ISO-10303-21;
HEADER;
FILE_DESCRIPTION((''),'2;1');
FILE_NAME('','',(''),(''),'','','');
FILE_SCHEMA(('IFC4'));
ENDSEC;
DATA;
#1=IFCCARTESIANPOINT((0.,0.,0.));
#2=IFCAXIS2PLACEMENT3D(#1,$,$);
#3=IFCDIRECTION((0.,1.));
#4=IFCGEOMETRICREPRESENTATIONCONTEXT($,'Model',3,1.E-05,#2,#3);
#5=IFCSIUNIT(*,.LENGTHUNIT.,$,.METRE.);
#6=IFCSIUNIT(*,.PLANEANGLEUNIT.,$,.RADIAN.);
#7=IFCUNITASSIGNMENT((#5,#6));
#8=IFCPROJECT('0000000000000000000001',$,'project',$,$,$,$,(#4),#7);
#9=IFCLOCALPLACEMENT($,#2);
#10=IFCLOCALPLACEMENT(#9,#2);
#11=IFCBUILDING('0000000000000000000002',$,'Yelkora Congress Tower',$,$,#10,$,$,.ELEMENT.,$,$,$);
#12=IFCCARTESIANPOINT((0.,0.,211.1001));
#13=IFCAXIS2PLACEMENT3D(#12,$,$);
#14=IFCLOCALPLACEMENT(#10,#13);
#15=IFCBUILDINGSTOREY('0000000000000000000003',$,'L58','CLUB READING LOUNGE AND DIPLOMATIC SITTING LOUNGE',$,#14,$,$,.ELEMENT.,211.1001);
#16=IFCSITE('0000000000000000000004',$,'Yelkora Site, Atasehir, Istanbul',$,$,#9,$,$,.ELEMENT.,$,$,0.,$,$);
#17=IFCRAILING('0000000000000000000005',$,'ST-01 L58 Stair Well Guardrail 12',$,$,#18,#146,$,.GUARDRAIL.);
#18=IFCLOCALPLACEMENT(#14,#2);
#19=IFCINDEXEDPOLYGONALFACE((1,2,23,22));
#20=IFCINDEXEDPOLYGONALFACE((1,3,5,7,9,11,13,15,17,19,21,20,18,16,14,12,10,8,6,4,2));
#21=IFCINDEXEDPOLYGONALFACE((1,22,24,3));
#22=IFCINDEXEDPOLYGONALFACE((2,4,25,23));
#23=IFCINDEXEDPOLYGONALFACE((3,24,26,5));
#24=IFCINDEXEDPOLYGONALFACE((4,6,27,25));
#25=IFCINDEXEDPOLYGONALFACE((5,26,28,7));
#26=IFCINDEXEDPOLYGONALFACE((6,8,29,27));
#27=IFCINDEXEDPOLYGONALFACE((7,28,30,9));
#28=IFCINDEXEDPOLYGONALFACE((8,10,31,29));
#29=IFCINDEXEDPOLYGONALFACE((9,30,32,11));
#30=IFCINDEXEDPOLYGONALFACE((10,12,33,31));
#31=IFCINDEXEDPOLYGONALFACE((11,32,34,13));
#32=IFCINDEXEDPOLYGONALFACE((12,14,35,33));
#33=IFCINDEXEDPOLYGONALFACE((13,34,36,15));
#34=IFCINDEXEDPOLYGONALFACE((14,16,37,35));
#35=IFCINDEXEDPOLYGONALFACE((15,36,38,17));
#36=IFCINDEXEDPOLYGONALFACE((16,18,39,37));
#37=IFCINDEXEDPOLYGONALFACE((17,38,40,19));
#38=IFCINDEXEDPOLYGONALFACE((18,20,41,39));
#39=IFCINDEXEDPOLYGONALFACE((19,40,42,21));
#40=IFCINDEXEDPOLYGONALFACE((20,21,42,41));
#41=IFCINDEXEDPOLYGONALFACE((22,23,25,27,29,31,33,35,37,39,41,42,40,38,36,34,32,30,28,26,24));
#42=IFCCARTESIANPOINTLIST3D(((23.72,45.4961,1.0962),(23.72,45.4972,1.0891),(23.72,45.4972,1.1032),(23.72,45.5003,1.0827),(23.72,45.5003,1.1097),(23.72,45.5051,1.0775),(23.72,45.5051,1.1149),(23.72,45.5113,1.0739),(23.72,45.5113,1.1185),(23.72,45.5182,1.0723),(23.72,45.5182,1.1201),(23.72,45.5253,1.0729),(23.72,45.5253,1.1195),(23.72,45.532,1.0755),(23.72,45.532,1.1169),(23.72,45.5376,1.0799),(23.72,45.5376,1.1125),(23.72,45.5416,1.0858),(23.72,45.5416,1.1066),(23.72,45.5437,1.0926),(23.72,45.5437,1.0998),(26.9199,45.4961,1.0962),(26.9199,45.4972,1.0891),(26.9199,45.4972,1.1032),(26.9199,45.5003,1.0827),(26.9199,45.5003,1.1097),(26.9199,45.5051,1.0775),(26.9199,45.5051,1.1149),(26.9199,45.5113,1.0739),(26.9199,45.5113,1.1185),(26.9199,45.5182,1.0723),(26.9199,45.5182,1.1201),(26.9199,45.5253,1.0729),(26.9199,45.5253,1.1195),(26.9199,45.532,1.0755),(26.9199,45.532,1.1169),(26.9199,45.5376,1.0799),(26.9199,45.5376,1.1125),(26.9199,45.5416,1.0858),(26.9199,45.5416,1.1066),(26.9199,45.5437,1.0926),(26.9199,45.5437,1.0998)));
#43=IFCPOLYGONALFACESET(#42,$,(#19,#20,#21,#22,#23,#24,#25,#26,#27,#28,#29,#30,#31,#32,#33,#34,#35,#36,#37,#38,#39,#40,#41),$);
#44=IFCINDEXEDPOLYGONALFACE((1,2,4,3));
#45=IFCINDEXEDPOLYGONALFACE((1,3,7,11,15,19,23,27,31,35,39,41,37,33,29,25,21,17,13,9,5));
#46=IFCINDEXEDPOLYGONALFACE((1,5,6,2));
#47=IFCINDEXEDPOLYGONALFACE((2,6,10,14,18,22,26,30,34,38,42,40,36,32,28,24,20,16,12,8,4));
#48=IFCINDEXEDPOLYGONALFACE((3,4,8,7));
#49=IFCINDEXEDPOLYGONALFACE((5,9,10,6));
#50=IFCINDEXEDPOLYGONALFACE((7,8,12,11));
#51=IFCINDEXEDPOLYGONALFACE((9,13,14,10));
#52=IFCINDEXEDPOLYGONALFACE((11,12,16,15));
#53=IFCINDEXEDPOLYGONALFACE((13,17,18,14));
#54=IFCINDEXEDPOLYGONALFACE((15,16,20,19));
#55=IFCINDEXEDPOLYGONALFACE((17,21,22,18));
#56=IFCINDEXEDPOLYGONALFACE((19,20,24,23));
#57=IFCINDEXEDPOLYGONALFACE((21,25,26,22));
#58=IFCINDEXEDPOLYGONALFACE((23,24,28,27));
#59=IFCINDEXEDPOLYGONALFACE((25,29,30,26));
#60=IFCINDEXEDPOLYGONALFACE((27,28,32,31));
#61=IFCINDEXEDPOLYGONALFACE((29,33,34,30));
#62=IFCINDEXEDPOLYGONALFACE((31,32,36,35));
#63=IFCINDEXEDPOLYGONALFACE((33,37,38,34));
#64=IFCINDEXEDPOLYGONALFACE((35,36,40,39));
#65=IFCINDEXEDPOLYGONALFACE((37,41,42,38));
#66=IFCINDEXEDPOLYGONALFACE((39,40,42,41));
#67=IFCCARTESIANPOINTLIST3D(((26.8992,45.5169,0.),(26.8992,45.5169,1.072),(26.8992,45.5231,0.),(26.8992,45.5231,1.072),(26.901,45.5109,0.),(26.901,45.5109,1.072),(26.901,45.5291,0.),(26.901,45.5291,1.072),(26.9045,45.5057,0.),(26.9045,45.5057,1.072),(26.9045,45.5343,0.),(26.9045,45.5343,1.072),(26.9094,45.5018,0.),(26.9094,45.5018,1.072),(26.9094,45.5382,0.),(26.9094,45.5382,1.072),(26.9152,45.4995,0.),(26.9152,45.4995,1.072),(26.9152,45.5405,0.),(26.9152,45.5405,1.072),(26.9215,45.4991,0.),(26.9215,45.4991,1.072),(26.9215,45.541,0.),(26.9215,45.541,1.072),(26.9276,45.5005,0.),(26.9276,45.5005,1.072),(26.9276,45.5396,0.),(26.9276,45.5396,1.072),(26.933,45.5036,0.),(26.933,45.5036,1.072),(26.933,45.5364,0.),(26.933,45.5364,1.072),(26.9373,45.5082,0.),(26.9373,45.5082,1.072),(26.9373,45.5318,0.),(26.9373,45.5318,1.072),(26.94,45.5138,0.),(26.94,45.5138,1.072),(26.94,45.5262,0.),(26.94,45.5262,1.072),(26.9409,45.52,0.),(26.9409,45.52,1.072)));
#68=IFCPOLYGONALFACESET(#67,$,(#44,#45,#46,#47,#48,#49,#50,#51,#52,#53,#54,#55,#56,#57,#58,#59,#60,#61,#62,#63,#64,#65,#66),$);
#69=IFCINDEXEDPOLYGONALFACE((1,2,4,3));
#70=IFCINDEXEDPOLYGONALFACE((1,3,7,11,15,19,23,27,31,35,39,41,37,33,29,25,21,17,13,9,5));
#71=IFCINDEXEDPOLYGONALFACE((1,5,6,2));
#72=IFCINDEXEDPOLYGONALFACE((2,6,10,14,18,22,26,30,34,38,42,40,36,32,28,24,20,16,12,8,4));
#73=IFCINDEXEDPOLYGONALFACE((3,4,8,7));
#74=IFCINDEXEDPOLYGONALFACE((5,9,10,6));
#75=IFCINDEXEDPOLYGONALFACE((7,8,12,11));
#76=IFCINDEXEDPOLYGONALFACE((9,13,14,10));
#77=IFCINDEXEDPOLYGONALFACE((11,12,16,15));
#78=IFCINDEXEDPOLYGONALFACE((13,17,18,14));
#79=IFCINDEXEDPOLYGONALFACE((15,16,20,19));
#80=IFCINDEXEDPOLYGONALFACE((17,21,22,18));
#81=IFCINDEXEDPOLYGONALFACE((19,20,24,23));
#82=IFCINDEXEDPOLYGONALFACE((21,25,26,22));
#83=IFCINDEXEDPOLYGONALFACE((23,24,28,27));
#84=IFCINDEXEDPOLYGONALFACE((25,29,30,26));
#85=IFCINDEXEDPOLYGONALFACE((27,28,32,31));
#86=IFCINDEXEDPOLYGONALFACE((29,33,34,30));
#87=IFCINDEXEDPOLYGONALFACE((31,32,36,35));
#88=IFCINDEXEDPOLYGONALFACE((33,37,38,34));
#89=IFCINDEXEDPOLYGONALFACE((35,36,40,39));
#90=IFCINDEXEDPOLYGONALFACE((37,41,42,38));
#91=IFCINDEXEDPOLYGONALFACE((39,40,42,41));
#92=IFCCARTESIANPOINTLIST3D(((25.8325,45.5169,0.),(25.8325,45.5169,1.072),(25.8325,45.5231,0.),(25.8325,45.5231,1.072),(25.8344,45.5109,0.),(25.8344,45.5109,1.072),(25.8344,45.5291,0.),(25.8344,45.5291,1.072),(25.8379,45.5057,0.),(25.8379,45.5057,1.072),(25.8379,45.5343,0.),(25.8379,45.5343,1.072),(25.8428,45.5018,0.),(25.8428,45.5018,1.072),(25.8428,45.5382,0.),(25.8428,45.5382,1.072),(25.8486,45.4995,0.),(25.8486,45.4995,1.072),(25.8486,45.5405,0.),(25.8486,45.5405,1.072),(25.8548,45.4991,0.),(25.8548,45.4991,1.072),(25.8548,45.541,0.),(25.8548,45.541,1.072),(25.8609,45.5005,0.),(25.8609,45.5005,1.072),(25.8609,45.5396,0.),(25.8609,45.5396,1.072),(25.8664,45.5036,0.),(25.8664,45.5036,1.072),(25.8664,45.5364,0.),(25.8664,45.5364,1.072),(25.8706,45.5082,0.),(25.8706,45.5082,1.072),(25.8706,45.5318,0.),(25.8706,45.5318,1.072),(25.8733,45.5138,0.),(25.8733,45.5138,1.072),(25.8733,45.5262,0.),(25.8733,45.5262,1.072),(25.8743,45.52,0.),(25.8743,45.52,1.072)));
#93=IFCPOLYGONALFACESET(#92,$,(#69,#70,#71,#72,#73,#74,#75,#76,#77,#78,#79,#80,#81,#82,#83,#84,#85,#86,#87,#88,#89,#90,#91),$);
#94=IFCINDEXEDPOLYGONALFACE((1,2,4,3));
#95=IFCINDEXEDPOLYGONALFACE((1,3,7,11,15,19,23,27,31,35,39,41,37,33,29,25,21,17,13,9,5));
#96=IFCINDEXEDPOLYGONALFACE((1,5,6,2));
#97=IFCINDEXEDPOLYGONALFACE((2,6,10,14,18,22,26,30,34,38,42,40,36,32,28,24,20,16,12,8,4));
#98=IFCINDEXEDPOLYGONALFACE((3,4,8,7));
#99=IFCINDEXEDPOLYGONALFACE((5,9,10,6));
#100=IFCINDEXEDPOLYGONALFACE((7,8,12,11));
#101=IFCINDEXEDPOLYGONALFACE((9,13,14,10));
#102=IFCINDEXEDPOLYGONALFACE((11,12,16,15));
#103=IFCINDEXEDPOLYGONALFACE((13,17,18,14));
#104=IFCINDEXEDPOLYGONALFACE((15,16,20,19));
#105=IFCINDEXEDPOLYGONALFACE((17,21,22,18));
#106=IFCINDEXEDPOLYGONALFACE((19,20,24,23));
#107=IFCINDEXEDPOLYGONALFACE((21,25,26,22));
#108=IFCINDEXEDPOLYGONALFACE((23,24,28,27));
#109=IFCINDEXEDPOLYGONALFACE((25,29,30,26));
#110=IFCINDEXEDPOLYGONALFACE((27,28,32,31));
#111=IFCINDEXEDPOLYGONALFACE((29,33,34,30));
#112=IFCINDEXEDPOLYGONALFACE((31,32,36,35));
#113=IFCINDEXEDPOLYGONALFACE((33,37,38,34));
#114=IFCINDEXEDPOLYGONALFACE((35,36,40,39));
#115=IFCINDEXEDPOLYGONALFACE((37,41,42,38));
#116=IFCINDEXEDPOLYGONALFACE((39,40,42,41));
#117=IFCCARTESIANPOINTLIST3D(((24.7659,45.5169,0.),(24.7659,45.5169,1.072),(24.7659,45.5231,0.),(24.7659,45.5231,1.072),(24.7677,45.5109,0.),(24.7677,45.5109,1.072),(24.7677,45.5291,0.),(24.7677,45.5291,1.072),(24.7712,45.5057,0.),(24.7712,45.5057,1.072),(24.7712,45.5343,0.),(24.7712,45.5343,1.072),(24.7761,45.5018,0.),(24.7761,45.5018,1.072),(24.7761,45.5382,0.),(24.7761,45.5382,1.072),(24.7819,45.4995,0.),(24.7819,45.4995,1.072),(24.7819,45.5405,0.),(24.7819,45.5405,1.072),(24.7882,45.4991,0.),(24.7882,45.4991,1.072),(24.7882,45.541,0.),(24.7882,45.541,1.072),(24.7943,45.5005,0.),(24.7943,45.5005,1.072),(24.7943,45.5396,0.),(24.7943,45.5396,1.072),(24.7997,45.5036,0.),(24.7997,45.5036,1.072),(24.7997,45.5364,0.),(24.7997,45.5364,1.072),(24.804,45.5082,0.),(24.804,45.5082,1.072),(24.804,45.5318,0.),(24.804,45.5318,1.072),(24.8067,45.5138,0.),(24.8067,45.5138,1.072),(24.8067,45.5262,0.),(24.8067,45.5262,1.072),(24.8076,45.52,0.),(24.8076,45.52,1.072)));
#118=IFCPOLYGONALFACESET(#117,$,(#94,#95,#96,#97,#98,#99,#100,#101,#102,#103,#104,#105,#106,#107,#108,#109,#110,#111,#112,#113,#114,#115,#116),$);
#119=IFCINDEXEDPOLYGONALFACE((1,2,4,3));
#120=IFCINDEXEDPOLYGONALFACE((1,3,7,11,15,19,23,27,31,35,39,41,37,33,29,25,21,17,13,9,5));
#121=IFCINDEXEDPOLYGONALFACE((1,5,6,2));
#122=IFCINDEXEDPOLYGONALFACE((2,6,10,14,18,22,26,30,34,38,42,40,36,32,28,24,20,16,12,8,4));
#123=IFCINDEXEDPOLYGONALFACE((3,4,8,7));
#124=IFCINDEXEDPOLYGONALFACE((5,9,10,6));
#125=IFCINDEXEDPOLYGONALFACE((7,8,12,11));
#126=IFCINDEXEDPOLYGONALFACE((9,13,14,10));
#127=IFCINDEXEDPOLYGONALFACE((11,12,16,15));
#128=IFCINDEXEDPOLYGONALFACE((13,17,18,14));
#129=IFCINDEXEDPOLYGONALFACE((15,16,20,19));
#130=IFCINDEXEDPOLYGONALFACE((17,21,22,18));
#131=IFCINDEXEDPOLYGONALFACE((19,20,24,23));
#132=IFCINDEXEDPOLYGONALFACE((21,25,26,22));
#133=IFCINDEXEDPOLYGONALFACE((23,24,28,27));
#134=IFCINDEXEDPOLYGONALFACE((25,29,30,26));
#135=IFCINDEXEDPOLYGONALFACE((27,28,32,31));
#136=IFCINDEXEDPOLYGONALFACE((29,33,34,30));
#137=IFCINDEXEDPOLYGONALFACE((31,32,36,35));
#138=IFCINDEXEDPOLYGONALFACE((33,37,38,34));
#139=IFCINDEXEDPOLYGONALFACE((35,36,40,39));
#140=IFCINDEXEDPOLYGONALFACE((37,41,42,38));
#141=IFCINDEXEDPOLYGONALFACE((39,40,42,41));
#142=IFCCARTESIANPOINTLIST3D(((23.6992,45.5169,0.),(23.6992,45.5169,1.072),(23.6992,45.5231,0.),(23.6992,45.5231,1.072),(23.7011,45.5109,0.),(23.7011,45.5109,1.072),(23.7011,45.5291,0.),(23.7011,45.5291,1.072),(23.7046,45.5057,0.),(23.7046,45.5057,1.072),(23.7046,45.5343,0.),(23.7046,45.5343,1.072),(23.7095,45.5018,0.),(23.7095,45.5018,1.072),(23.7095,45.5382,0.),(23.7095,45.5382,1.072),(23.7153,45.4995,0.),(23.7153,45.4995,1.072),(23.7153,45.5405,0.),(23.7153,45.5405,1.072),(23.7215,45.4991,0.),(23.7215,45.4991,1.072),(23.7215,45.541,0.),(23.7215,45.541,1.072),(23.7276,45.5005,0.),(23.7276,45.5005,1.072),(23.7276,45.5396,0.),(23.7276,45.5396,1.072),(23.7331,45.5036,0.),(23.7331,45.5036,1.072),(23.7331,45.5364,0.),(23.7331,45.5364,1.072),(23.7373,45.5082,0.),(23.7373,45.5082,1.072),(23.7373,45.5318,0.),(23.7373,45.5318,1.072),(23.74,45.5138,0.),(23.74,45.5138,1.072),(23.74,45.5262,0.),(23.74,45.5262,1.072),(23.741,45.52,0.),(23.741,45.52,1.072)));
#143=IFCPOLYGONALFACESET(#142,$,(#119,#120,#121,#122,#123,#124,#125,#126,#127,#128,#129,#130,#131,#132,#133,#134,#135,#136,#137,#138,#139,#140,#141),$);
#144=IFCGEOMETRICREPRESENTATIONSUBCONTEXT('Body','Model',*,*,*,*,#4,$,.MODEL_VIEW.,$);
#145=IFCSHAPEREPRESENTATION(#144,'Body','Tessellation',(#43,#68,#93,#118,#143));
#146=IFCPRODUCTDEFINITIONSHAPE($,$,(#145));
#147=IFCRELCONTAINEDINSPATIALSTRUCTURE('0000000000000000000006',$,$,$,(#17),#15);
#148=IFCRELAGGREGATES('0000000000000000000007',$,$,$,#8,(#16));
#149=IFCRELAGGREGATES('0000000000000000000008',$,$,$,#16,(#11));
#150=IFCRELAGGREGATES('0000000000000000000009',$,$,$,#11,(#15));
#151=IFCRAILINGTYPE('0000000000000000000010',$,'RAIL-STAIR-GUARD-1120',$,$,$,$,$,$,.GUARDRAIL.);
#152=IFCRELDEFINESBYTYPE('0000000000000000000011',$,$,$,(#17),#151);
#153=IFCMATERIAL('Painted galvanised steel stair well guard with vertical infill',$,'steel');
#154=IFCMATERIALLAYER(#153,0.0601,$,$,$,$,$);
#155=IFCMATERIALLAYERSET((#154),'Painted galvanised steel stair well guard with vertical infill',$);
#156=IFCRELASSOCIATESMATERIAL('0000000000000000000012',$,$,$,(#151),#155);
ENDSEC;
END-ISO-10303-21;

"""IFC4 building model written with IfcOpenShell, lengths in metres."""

from ifc_helpers import new_model, si_unit, direction, frame, origin, origin_2d, place, context, subcontext, project, spatial, circle, extrude, material, layer, layer_set, type_object, element, save


model = new_model("IFC4")

# Units and contexts
model_context = context("Model", 3, precision=1e-05, world=origin(), true_north=direction((0.0, 1.0)))
body_context = subcontext(model_context, "Body", "Model", "MODEL_VIEW")
ifc_project = project(units=[si_unit("LENGTHUNIT", "METRE"), si_unit("PLANEANGLEUNIT", "RADIAN")], contexts=[model_context])

# Site, building, storey
site_placement = place(None, origin())
site = spatial("IfcSite", under=ifc_project, at=site_placement, Name="Yelkora Site, Atasehir, Istanbul", CompositionType="ELEMENT", RefElevation=0.0)
building_placement = place(site_placement, origin())
building = spatial("IfcBuilding", under=site, at=building_placement, Name="Yelkora Congress Tower", CompositionType="ELEMENT")
storey_placement = place(building_placement, frame((0.0, 0.0, 211.1001)))
storey = spatial("IfcBuildingStorey", under=building, at=storey_placement, Name="L58", Description="CLUB READING LOUNGE AND DIPLOMATIC SITTING LOUNGE", CompositionType="ELEMENT", Elevation=211.1001)

# Railing
ifc_material_1 = material(Name="Painted galvanised steel stair well guard with vertical infill", Category="steel")
ifc_layer_1 = layer(ifc_material_1, 0.0601)
ifc_layer_set_1 = layer_set([ifc_layer_1], Name="Painted galvanised steel stair well guard with vertical infill")
railing_type_1 = type_object("IfcRailingType", Name="RAIL-STAIR-GUARD-1120", PredefinedType="GUARDRAIL", material=ifc_layer_set_1)
railing_1_placement = place(storey_placement, frame((26.9199, 45.52, 0.0)))
element("IfcRailing", 1, at=railing_1_placement, inside=storey, type_object=railing_type_1, Name="ST-01 L58 Stair Well Guardrail 12", PredefinedType="GUARDRAIL", context=body_context, shape_type="SweptSolid", body=[
    extrude(circle(Radius=0.0239, at=origin_2d()), frame((0.0, 0.0, 1.0962), z_axis=(-1.0, 0.0, 0.0), x_axis=(0.0, -1.0, 0.0)), (0.0, 0.0, 1.0), 3.2),
    extrude(circle(Radius=0.021, at=origin_2d()), origin(), (0.0, 0.0, 1.0), 1.072),
    extrude(circle(Radius=0.021, at=origin_2d()), frame((-1.0667, 0.0, 0.0)), (0.0, 0.0, 1.0), 1.072),
    extrude(circle(Radius=0.021, at=origin_2d()), frame((-2.1333, 0.0, 0.0)), (0.0, 0.0, 1.0), 1.072),
    extrude(circle(Radius=0.021, at=origin_2d()), frame((-3.2, 0.0, 0.0)), (0.0, 0.0, 1.0), 1.072),
])

save(model, "model.ifc")
